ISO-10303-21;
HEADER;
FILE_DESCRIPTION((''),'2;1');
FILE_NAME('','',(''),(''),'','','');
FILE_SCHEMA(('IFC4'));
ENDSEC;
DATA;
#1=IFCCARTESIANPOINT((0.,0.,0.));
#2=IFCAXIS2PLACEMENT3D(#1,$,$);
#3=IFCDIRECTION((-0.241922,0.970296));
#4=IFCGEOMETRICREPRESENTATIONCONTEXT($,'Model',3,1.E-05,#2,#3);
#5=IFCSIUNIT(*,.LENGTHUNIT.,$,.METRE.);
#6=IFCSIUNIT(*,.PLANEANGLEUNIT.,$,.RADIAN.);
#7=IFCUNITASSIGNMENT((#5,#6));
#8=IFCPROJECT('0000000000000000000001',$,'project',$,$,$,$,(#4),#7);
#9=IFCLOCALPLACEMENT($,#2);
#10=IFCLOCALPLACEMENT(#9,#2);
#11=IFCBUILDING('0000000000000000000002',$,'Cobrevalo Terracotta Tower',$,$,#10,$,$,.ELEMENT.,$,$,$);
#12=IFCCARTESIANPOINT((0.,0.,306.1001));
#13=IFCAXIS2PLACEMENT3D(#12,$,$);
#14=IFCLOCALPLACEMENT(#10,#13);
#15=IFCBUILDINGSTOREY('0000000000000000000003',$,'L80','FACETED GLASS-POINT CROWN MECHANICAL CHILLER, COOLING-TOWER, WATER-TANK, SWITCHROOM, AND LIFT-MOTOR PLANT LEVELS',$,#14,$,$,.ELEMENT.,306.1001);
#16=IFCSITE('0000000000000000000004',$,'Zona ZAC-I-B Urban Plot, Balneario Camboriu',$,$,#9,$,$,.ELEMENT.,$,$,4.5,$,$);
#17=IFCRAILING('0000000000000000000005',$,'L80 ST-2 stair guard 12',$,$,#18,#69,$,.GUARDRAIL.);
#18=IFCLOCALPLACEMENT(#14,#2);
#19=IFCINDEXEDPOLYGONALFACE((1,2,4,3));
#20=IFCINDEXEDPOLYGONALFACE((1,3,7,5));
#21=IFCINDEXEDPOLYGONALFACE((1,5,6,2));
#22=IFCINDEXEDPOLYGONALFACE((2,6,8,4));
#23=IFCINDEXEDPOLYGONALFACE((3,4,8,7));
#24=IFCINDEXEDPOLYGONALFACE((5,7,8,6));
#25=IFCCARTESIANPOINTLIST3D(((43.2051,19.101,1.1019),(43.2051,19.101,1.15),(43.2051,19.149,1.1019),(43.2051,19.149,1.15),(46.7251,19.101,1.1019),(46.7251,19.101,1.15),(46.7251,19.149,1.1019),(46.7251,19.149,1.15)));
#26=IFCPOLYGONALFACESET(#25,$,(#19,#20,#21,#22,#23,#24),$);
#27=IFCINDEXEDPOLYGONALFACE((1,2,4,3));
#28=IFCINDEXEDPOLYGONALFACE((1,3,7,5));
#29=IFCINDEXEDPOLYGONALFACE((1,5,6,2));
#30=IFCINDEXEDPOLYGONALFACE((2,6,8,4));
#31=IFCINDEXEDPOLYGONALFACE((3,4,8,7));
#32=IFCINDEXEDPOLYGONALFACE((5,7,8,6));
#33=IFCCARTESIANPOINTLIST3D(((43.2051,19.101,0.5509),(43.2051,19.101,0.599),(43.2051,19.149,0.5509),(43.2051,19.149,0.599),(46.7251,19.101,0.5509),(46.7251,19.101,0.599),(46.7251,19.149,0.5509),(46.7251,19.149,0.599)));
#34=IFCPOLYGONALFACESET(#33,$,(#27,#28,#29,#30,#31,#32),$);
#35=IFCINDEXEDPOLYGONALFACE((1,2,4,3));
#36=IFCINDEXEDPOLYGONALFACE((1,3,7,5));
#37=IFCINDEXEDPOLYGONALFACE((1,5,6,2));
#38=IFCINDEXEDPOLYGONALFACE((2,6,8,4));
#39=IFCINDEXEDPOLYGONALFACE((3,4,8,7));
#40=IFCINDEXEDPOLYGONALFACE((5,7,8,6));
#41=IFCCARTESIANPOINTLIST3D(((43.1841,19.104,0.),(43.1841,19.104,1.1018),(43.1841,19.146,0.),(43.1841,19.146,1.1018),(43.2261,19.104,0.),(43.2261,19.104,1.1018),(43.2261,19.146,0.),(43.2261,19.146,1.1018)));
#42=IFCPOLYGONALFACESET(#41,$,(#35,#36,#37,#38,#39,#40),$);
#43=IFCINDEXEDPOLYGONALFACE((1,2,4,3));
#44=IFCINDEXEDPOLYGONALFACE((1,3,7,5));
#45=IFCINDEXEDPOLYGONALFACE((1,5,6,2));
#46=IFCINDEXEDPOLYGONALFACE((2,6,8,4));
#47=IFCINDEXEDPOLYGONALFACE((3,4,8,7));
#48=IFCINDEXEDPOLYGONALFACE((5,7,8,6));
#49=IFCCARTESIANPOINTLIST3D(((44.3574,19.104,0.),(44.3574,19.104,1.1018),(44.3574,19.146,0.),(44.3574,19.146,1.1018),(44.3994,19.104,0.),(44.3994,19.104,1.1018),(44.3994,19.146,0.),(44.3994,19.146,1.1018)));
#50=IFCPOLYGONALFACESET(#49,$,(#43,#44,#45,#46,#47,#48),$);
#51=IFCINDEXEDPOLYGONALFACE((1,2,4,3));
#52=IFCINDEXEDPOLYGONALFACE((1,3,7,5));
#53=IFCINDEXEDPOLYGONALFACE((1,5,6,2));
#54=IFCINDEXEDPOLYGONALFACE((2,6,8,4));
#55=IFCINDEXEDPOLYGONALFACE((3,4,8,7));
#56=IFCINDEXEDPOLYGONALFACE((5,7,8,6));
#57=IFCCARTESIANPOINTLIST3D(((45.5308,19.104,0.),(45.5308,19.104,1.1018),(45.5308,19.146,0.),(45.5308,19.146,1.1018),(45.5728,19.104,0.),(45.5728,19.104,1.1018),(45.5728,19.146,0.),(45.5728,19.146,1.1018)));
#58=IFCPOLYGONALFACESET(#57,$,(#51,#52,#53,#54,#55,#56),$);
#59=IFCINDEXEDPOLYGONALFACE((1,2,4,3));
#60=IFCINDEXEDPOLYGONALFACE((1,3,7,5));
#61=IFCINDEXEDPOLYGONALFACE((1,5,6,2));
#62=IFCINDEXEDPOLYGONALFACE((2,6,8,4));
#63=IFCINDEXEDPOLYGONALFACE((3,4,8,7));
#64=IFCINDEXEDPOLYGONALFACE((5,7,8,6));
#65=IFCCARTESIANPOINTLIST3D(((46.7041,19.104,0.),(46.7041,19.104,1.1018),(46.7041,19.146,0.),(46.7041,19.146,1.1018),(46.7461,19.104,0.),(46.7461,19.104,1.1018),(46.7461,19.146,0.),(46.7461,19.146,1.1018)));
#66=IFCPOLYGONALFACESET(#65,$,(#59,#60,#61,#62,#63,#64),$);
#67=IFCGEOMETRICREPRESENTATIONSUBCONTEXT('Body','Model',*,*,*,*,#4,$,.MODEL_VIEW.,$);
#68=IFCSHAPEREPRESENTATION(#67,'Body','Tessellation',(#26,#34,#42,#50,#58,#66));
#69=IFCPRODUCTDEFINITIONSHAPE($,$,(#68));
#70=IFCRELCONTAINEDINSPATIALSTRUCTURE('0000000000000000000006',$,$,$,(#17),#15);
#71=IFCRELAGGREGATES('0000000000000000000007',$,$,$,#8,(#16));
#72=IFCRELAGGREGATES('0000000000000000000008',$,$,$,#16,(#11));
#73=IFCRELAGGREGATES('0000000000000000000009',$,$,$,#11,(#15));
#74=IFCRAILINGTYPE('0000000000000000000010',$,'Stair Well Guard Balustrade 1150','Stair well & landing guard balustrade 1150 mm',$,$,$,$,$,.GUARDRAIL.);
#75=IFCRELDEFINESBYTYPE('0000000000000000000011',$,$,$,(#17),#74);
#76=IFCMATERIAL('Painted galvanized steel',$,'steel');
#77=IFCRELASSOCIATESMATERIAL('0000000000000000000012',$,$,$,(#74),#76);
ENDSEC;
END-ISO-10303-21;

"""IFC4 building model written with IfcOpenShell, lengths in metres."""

from ifc_helpers import new_model, si_unit, direction, frame, origin, origin_2d, place, context, subcontext, project, spatial, rectangle, extrude, material, type_object, element, save


model = new_model("IFC4")

# Units and contexts
model_context = context("Model", 3, precision=1e-05, world=origin(), true_north=direction((-0.241922, 0.970296)))
body_context = subcontext(model_context, "Body", "Model", "MODEL_VIEW")
ifc_project = project(units=[si_unit("LENGTHUNIT", "METRE"), si_unit("PLANEANGLEUNIT", "RADIAN")], contexts=[model_context])

# Site, building, storey
site_placement = place(None, origin())
site = spatial("IfcSite", under=ifc_project, at=site_placement, Name="Zona ZAC-I-B Urban Plot, Balneario Camboriu", CompositionType="ELEMENT", RefElevation=4.5)
building_placement = place(site_placement, origin())
building = spatial("IfcBuilding", under=site, at=building_placement, Name="Cobrevalo Terracotta Tower", CompositionType="ELEMENT")
storey_placement = place(building_placement, frame((0.0, 0.0, 306.1001)))
storey = spatial("IfcBuildingStorey", under=building, at=storey_placement, Name="L80", Description="FACETED GLASS-POINT CROWN MECHANICAL CHILLER, COOLING-TOWER, WATER-TANK, SWITCHROOM, AND LIFT-MOTOR PLANT LEVELS", CompositionType="ELEMENT", Elevation=306.1001)

# Railing
ifc_material_1 = material(Name="Painted galvanized steel", Category="steel")
railing_type_1 = type_object("IfcRailingType", Name="Stair Well Guard Balustrade 1150", Description="Stair well & landing guard balustrade 1150 mm", PredefinedType="GUARDRAIL", material=ifc_material_1)
railing_1_placement = place(storey_placement, frame((43.2051, 19.125, 0.0)))
element("IfcRailing", 1, at=railing_1_placement, inside=storey, type_object=railing_type_1, Name="L80 ST-2 stair guard 12", PredefinedType="GUARDRAIL", context=body_context, shape_type="SweptSolid", body=[
    extrude(rectangle(XDim=0.0481, YDim=0.0481, at=origin_2d()), frame((0.0, 0.0, 1.126), z_axis=(1.0, 0.0, 0.0), x_axis=(0.0, 1.0, 0.0)), (0.0, 0.0, 1.0), 3.52),
    extrude(rectangle(XDim=0.0481, YDim=0.0481, at=origin_2d()), frame((0.0, 0.0, 0.575), z_axis=(1.0, 0.0, 0.0), x_axis=(0.0, 1.0, 0.0)), (0.0, 0.0, 1.0), 3.52),
    extrude(rectangle(XDim=0.042, YDim=0.042, at=origin_2d()), origin(), (0.0, 0.0, 1.0), 1.1018),
    extrude(rectangle(XDim=0.042, YDim=0.042, at=origin_2d()), frame((1.1733, 0.0, 0.0)), (0.0, 0.0, 1.0), 1.1018),
    extrude(rectangle(XDim=0.042, YDim=0.042, at=origin_2d()), frame((2.3467, 0.0, 0.0)), (0.0, 0.0, 1.0), 1.1018),
    extrude(rectangle(XDim=0.042, YDim=0.042, at=origin_2d()), frame((3.52, 0.0, 0.0)), (0.0, 0.0, 1.0), 1.1018),
])

save(model, "model.ifc")
